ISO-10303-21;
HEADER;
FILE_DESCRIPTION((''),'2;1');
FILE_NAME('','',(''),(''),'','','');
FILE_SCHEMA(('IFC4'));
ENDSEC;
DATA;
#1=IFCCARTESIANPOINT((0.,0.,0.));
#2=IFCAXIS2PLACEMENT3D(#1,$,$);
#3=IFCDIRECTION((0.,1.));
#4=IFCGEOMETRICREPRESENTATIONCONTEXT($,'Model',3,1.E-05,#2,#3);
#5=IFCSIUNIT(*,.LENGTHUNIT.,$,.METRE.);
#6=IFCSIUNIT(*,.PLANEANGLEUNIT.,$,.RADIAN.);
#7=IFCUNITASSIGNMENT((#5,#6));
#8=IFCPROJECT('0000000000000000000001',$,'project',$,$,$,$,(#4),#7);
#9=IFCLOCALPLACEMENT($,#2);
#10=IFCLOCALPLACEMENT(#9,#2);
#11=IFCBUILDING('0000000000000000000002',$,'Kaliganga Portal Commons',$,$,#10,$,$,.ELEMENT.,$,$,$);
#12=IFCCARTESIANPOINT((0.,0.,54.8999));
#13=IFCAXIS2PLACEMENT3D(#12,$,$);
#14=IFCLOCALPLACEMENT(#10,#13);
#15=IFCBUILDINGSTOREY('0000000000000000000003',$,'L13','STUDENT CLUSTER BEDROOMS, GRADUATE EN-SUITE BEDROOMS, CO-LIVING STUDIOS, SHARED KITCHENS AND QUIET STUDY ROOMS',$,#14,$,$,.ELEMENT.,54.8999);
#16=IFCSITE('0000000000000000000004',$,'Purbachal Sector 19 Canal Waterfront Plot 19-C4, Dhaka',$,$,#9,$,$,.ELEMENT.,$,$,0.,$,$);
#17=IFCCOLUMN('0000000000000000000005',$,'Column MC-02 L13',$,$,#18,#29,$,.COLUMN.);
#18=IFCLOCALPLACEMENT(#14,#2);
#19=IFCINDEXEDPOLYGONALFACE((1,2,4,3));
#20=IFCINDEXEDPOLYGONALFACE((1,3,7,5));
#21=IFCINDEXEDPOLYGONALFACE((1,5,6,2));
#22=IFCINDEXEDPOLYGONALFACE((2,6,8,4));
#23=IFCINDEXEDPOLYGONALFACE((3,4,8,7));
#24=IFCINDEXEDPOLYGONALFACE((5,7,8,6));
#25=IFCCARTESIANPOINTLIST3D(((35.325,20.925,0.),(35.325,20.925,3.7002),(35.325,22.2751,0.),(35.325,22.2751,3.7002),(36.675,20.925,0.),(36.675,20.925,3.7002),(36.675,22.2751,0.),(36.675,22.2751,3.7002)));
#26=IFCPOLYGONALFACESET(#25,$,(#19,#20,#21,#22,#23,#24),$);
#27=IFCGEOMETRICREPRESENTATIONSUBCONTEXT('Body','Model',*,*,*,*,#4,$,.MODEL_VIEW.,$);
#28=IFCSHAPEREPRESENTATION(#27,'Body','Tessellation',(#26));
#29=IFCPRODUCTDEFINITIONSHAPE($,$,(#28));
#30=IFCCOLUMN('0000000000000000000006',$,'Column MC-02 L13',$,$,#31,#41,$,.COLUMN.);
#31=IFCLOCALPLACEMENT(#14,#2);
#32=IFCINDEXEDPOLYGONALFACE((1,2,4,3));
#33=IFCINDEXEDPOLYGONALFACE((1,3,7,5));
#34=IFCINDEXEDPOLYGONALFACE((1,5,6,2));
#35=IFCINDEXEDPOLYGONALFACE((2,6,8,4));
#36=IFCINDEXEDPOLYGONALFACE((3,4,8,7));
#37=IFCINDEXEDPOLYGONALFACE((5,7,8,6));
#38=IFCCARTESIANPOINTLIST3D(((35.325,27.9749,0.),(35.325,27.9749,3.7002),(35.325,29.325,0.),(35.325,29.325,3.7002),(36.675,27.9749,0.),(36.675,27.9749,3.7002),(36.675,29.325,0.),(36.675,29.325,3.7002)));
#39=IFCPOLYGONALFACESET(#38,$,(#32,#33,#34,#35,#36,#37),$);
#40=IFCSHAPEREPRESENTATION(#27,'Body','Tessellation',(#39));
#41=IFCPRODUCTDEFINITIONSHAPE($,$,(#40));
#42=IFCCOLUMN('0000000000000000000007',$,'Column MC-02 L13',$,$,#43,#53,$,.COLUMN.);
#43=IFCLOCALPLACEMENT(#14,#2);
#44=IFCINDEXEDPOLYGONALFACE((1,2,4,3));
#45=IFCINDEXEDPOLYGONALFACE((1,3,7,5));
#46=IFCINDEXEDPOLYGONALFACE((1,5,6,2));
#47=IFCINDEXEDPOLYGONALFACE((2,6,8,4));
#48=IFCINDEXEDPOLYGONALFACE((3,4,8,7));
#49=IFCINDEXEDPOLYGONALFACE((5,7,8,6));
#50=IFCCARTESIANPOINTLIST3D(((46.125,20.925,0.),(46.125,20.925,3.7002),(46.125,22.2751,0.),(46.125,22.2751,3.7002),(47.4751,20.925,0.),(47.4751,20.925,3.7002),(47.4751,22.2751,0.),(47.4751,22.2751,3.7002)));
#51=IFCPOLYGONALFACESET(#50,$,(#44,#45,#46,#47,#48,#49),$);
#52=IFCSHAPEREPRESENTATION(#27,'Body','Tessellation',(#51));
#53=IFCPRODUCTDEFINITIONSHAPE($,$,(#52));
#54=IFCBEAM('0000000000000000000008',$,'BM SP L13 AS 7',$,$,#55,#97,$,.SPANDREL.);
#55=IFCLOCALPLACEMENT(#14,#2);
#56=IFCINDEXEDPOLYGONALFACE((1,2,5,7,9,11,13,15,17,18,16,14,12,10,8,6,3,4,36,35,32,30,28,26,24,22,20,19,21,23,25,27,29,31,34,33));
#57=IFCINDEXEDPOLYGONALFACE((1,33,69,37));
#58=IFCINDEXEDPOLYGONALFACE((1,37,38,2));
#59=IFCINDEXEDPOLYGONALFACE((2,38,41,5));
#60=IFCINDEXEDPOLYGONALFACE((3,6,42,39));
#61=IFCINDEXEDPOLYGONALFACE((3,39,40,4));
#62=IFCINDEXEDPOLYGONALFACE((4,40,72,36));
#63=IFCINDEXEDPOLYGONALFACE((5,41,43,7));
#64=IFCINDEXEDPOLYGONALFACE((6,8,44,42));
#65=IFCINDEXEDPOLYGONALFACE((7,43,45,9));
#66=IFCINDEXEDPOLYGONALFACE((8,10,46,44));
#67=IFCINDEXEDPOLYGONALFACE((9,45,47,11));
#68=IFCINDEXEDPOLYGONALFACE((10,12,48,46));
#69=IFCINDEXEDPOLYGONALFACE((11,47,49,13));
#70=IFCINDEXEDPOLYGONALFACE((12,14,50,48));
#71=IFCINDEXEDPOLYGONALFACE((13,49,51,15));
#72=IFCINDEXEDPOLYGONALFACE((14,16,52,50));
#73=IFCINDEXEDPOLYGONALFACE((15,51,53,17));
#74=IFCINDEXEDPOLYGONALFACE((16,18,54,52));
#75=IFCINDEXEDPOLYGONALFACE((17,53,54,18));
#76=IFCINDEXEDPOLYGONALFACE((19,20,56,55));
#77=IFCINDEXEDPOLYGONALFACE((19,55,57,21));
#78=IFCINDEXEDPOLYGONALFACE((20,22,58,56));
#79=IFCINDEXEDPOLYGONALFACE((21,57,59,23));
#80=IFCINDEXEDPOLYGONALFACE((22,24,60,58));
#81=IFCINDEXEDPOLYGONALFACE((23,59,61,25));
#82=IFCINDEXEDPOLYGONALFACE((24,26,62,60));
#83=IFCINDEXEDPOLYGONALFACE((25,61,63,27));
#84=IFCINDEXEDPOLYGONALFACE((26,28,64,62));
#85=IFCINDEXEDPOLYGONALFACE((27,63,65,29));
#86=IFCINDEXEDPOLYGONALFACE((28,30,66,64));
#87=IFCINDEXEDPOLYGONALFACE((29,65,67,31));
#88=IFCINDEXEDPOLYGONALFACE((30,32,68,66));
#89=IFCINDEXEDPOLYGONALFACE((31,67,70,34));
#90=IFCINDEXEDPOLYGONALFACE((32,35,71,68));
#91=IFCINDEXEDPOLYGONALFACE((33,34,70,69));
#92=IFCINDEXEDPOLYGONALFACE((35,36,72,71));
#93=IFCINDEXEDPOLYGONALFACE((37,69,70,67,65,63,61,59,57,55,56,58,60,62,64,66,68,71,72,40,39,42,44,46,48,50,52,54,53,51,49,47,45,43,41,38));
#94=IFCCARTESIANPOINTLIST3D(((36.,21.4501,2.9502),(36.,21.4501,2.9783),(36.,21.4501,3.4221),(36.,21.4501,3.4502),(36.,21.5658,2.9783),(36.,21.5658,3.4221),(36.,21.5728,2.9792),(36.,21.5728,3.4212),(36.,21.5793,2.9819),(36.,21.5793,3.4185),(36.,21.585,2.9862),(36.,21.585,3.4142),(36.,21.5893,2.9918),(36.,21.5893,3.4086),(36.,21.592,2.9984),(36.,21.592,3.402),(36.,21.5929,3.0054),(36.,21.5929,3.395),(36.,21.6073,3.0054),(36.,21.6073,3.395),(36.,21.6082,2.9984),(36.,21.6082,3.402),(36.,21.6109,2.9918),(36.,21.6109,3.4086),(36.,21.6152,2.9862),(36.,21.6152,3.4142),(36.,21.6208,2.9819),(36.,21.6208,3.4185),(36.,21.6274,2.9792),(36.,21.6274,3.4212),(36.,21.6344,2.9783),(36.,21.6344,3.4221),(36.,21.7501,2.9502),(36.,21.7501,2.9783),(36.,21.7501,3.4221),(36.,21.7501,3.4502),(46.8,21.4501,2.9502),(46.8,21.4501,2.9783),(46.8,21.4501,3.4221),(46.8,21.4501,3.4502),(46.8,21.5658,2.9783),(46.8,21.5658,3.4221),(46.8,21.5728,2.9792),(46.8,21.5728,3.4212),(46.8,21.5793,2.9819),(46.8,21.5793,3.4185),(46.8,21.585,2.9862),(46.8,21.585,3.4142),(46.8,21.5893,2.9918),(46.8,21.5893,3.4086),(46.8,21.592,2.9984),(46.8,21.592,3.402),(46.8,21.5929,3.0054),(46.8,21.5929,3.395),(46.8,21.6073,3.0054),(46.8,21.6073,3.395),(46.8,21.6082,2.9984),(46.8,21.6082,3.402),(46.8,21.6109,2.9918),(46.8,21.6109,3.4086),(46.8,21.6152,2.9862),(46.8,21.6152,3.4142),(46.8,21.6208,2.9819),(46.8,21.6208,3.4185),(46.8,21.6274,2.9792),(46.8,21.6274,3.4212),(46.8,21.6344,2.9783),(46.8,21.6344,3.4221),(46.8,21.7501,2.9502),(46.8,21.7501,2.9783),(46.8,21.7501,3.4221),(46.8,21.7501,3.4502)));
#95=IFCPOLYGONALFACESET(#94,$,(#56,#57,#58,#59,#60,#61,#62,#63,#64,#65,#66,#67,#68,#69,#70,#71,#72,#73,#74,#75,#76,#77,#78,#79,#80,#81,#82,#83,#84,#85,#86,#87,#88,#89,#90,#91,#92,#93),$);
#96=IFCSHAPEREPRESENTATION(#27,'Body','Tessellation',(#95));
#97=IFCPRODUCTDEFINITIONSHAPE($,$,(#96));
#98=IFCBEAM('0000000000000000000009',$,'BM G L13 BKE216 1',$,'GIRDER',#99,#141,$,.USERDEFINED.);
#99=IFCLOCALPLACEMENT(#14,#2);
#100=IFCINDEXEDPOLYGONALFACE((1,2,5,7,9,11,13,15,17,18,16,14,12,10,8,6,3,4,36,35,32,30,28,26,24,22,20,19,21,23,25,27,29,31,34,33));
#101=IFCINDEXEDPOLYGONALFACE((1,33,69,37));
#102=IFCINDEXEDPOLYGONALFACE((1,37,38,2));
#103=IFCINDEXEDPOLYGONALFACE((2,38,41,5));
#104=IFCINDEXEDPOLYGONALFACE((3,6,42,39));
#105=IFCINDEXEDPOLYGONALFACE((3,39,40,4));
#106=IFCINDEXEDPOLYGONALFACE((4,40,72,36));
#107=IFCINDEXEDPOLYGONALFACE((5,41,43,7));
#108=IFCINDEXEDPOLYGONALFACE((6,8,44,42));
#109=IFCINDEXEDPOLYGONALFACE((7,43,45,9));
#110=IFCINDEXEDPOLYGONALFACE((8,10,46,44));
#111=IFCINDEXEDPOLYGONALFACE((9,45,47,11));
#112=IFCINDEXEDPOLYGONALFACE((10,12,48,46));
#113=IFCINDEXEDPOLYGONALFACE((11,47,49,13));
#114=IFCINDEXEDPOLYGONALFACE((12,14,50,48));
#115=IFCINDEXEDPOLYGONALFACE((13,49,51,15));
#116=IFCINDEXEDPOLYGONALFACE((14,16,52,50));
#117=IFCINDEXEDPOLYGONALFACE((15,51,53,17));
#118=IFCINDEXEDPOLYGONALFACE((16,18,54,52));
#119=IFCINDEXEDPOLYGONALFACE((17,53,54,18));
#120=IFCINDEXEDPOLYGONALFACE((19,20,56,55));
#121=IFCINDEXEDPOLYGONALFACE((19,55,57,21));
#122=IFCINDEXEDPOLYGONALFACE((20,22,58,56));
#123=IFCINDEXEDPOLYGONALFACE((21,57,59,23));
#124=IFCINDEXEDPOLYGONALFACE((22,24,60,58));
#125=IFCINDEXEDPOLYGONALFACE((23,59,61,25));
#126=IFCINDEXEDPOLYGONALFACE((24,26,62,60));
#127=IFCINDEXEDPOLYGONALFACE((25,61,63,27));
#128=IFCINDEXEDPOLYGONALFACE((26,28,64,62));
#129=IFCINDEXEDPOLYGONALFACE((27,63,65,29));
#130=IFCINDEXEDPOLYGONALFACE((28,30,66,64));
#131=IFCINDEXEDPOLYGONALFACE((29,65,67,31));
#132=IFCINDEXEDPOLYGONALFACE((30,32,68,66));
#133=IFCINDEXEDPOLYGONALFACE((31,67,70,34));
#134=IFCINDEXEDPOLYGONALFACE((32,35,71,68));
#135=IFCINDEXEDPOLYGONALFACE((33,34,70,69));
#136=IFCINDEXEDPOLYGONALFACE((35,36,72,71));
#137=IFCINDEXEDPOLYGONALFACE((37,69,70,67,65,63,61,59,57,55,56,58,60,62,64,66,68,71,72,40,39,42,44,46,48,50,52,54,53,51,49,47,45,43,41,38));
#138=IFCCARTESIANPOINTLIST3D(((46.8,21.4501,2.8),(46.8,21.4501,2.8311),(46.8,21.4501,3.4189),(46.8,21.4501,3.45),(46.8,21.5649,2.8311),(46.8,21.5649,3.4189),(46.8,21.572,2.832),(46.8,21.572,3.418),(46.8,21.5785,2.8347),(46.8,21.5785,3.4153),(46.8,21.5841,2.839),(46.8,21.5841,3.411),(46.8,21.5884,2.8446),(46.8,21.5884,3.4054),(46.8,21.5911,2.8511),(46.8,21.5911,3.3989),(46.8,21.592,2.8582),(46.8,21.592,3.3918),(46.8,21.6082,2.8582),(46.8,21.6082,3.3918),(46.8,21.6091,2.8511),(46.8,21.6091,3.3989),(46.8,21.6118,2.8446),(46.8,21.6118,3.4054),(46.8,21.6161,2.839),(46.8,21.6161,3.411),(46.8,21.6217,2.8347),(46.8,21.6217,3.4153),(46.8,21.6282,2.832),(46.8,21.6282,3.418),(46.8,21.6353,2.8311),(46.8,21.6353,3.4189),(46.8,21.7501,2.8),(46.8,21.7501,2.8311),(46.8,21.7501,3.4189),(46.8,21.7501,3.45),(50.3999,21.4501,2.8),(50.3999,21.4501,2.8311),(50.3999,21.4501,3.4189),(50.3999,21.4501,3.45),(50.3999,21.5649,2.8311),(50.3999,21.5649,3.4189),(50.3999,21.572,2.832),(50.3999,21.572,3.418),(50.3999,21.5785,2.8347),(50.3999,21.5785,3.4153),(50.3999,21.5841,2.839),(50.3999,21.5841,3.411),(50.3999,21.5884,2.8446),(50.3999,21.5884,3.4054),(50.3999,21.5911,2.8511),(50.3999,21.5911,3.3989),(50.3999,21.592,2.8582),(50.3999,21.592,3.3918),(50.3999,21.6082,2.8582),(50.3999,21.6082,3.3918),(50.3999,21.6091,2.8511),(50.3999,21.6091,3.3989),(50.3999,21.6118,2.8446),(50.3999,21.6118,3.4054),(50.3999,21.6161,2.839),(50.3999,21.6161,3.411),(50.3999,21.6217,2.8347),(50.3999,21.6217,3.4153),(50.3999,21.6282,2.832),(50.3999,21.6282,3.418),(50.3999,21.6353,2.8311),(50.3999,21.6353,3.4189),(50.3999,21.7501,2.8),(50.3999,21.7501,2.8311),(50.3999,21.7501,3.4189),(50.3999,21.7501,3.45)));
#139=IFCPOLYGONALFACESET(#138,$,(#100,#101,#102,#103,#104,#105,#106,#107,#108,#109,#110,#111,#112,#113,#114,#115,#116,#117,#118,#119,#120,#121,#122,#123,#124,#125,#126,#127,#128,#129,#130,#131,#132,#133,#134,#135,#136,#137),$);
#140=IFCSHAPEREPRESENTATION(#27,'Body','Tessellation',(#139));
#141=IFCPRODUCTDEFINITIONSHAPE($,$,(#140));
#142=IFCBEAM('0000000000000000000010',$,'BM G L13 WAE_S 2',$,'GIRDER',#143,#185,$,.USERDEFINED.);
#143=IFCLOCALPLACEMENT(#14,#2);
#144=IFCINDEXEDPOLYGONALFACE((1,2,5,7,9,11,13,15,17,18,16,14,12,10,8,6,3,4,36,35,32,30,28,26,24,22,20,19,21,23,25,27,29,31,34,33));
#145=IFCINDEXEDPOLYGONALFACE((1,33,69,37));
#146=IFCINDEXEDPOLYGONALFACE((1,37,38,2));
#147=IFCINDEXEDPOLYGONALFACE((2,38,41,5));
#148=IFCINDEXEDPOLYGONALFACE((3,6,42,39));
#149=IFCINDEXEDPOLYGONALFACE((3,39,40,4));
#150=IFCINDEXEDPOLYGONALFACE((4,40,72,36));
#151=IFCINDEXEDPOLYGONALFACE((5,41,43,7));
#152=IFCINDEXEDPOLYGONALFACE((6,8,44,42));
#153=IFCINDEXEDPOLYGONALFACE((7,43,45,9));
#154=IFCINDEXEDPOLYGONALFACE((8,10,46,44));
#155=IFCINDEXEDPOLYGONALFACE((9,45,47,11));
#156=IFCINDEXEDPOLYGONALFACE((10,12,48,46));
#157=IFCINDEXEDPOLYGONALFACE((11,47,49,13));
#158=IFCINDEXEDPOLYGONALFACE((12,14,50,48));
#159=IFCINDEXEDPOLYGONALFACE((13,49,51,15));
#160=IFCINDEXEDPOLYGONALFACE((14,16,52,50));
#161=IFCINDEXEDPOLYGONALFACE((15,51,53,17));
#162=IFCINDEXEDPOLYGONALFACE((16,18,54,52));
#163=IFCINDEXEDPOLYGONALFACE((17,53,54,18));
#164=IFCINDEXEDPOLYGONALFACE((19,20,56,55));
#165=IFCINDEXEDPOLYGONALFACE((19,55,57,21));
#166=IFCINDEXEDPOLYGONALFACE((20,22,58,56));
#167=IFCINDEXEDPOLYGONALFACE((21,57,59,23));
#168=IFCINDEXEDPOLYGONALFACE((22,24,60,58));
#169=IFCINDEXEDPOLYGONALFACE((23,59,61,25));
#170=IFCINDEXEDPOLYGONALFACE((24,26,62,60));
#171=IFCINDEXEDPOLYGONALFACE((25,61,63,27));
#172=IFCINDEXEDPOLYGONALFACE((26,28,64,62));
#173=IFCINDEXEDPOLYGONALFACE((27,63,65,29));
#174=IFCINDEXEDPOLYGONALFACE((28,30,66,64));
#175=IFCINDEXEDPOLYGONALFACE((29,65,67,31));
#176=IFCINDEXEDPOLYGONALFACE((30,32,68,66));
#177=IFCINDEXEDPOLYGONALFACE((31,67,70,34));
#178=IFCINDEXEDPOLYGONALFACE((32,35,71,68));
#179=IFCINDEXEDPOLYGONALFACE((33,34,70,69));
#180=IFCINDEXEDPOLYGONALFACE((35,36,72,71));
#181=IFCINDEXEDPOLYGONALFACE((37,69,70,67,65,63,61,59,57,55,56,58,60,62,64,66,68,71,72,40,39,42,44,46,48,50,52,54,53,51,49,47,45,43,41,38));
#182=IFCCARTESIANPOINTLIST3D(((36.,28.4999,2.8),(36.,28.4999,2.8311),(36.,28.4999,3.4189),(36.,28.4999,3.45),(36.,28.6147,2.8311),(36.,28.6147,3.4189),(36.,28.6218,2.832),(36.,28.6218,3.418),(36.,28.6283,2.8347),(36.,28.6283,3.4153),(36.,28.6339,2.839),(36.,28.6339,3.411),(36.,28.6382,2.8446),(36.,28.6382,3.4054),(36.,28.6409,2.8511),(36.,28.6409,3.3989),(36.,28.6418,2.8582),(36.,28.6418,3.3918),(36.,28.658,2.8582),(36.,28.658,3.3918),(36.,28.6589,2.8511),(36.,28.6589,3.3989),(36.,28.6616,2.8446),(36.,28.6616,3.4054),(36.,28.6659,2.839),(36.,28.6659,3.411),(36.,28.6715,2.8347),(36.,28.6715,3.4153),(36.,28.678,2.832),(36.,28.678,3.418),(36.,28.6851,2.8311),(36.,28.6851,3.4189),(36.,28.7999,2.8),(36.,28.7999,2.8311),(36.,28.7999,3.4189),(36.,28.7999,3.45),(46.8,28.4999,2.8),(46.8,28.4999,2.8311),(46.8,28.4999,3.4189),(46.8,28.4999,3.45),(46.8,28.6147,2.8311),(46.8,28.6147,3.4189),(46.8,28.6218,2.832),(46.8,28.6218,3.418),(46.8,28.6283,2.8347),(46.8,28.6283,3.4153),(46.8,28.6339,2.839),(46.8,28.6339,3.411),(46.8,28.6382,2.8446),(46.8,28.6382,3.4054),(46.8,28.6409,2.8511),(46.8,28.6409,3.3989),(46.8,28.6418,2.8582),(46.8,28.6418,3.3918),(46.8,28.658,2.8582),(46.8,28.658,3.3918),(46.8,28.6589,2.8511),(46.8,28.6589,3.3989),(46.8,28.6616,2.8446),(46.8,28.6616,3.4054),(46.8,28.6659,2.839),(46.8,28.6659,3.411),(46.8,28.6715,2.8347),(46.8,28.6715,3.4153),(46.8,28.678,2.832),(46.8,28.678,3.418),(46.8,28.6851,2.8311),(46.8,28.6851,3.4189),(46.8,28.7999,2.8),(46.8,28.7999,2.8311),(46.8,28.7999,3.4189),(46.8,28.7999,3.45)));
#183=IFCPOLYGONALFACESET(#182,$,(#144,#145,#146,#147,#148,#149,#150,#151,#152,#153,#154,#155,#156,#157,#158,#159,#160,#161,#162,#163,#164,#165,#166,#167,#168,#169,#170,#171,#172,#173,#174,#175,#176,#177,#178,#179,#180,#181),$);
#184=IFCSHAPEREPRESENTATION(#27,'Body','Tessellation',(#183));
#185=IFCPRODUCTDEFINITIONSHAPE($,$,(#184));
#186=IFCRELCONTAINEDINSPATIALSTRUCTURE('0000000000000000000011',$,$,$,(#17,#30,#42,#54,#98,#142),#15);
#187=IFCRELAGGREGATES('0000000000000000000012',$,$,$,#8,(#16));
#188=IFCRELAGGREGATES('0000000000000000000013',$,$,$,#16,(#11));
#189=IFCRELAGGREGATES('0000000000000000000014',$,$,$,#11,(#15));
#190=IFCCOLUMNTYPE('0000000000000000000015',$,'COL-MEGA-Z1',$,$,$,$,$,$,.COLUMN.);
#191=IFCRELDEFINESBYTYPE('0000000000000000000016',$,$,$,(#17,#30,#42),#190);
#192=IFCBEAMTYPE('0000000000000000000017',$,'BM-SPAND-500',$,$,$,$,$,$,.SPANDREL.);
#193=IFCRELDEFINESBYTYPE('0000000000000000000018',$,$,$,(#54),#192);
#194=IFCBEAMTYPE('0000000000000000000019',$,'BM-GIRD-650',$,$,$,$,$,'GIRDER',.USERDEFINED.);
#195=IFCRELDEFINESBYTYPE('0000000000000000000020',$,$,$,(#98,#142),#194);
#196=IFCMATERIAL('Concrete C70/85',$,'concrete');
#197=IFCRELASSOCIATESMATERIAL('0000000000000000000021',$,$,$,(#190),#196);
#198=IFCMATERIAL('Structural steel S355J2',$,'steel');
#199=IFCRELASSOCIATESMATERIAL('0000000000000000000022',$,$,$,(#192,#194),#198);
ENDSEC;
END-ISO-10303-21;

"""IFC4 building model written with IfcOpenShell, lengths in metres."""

from ifc_helpers import new_model, si_unit, direction, frame, origin, origin_2d, place, context, subcontext, project, spatial, rectangle, i_section, extrude, source, transform, mapped, material, material_profile, profile_set, type_object, element, save


model = new_model("IFC4")

# Units and contexts
model_context = context("Model", 3, precision=1e-05, world=origin(), true_north=direction((0.0, 1.0)))
body_context = subcontext(model_context, "Body", "Model", "MODEL_VIEW")
ifc_project = project(units=[si_unit("LENGTHUNIT", "METRE"), si_unit("PLANEANGLEUNIT", "RADIAN")], contexts=[model_context])

# Site, building, storey
site_placement = place(None, origin())
site = spatial("IfcSite", under=ifc_project, at=site_placement, Name="Purbachal Sector 19 Canal Waterfront Plot 19-C4, Dhaka", CompositionType="ELEMENT", RefElevation=0.0)
building_placement = place(site_placement, origin())
building = spatial("IfcBuilding", under=site, at=building_placement, Name="Kaliganga Portal Commons", CompositionType="ELEMENT")
storey_placement = place(building_placement, frame((0.0, 0.0, 54.8999)))
storey = spatial("IfcBuildingStorey", under=building, at=storey_placement, Name="L13", Description="STUDENT CLUSTER BEDROOMS, GRADUATE EN-SUITE BEDROOMS, CO-LIVING STUDIOS, SHARED KITCHENS AND QUIET STUDY ROOMS", CompositionType="ELEMENT", Elevation=54.8999)

# Columns
ifc_material_1 = material(Name="Concrete C70/85", Category="concrete")
ifc_material_profile_1 = material_profile(ifc_material_1, rectangle(XDim=1.3501, YDim=1.3501, at=origin_2d()), Name="RC 1350x1350")
ifc_profile_set_1 = profile_set([ifc_material_profile_1], Name="Concrete C70/85")
column_type = type_object("IfcColumnType", Name="COL-MEGA-Z1", PredefinedType="COLUMN", material=ifc_profile_set_1)
shared_shape_1 = source(origin(), body_context, "Body", "SweptSolid", [
    extrude(rectangle(XDim=1.3501, YDim=1.3501, at=origin_2d()), origin(), (0.0, 0.0, 1.0), 3.7002),
])
for number, where, z_axis, x_axis, name in (
    (1, (36.0, 21.6001, 0.0), (0.0, 0.0, 1.0), (1.0, 0.0, 0.0), "Column MC-02 L13"),
    (2, (36.0, 28.6499, 0.0), (0.0, 0.0, 1.0), (1.0, 0.0, 0.0), "Column MC-02 L13"),
    (3, (46.8, 21.6001, 0.0), (0.0, 0.0, 1.0), (1.0, 0.0, 0.0), "Column MC-02 L13"),
):
    element("IfcColumn", number, at=place(storey_placement, frame(where, z_axis=z_axis, x_axis=x_axis)), inside=storey, type_object=column_type, Name=name, PredefinedType="COLUMN", context=body_context, shape_type="MappedRepresentation", body=[
        mapped(shared_shape_1, transform((0.0, 0.0, 0.0), x_axis=(1.0, 0.0, 0.0), y_axis=(0.0, 1.0, 0.0), z_axis=(0.0, 0.0, 1.0), scale=1.0)),
    ])

# Beams
ifc_material_2 = material(Name="Structural steel S355J2", Category="steel")
ifc_material_profile_2 = material_profile(ifc_material_2, i_section(OverallWidth=0.3, OverallDepth=0.5, WebThickness=0.0144, FlangeThickness=0.0281, FilletRadius=0.0271, at=origin_2d()), Name="HE 500 B")
ifc_profile_set_2 = profile_set([ifc_material_profile_2], Name="Structural steel S355J2 wide-flange")
beam_type_1 = type_object("IfcBeamType", Name="BM-SPAND-500", PredefinedType="SPANDREL", material=ifc_profile_set_2)
shared_shape_2 = source(origin(), body_context, "Body", "SweptSolid", [
    extrude(i_section(OverallWidth=0.3, OverallDepth=0.5, WebThickness=0.0144, FlangeThickness=0.0281, FilletRadius=0.0271, at=origin_2d()), origin(), (0.0, 0.0, 1.0), 10.8),
])
beam_1_placement = place(storey_placement, frame((36.0, 21.6001, 3.2002), z_axis=(1.0, 0.0, 0.0), x_axis=(0.0, 1.0, 0.0)))
element("IfcBeam", 4, at=beam_1_placement, inside=storey, type_object=beam_type_1, Name="BM SP L13 AS 7", PredefinedType="SPANDREL", context=body_context, shape_type="MappedRepresentation", body=[
    mapped(shared_shape_2, transform((0.0, 0.0, 0.0), x_axis=(1.0, 0.0, 0.0), y_axis=(0.0, 1.0, 0.0), z_axis=(0.0, 0.0, 1.0), scale=1.0)),
])
ifc_material_profile_3 = material_profile(ifc_material_2, i_section(OverallWidth=0.3, OverallDepth=0.6499, WebThickness=0.0161, FlangeThickness=0.031, FilletRadius=0.0271, at=origin_2d()), Name="HE 650 B")
ifc_profile_set_3 = profile_set([ifc_material_profile_3], Name="Structural steel S355J2 wide-flange")
beam_type_2 = type_object("IfcBeamType", Name="BM-GIRD-650", ElementType="GIRDER", PredefinedType="USERDEFINED", material=ifc_profile_set_3)
shared_shape_3 = source(origin(), body_context, "Body", "SweptSolid", [
    extrude(i_section(OverallWidth=0.3, OverallDepth=0.6499, WebThickness=0.0161, FlangeThickness=0.031, FilletRadius=0.0271, at=origin_2d()), origin(), (0.0, 0.0, 1.0), 3.5999),
])
beam_2_placement = place(storey_placement, frame((46.8, 21.6001, 3.125), z_axis=(1.0, 0.0, 0.0), x_axis=(0.0, 1.0, 0.0)))
element("IfcBeam", 5, at=beam_2_placement, inside=storey, type_object=beam_type_2, Name="BM G L13 BKE216 1", ObjectType="GIRDER", PredefinedType="USERDEFINED", context=body_context, shape_type="MappedRepresentation", body=[
    mapped(shared_shape_3, transform((0.0, 0.0, 0.0), x_axis=(1.0, 0.0, 0.0), y_axis=(0.0, 1.0, 0.0), z_axis=(0.0, 0.0, 1.0), scale=1.0)),
])
shared_shape_4 = source(origin(), body_context, "Body", "SweptSolid", [
    extrude(i_section(OverallWidth=0.3, OverallDepth=0.6499, WebThickness=0.0161, FlangeThickness=0.031, FilletRadius=0.0271, at=origin_2d()), origin(), (0.0, 0.0, 1.0), 10.8),
])
beam_3_placement = place(storey_placement, frame((36.0, 28.6499, 3.125), z_axis=(1.0, 0.0, 0.0), x_axis=(0.0, 1.0, 0.0)))
element("IfcBeam", 6, at=beam_3_placement, inside=storey, type_object=beam_type_2, Name="BM G L13 WAE_S 2", ObjectType="GIRDER", PredefinedType="USERDEFINED", context=body_context, shape_type="MappedRepresentation", body=[
    mapped(shared_shape_4, transform((0.0, 0.0, 0.0), x_axis=(1.0, 0.0, 0.0), y_axis=(0.0, 1.0, 0.0), z_axis=(0.0, 0.0, 1.0), scale=1.0)),
])

save(model, "model.ifc")
